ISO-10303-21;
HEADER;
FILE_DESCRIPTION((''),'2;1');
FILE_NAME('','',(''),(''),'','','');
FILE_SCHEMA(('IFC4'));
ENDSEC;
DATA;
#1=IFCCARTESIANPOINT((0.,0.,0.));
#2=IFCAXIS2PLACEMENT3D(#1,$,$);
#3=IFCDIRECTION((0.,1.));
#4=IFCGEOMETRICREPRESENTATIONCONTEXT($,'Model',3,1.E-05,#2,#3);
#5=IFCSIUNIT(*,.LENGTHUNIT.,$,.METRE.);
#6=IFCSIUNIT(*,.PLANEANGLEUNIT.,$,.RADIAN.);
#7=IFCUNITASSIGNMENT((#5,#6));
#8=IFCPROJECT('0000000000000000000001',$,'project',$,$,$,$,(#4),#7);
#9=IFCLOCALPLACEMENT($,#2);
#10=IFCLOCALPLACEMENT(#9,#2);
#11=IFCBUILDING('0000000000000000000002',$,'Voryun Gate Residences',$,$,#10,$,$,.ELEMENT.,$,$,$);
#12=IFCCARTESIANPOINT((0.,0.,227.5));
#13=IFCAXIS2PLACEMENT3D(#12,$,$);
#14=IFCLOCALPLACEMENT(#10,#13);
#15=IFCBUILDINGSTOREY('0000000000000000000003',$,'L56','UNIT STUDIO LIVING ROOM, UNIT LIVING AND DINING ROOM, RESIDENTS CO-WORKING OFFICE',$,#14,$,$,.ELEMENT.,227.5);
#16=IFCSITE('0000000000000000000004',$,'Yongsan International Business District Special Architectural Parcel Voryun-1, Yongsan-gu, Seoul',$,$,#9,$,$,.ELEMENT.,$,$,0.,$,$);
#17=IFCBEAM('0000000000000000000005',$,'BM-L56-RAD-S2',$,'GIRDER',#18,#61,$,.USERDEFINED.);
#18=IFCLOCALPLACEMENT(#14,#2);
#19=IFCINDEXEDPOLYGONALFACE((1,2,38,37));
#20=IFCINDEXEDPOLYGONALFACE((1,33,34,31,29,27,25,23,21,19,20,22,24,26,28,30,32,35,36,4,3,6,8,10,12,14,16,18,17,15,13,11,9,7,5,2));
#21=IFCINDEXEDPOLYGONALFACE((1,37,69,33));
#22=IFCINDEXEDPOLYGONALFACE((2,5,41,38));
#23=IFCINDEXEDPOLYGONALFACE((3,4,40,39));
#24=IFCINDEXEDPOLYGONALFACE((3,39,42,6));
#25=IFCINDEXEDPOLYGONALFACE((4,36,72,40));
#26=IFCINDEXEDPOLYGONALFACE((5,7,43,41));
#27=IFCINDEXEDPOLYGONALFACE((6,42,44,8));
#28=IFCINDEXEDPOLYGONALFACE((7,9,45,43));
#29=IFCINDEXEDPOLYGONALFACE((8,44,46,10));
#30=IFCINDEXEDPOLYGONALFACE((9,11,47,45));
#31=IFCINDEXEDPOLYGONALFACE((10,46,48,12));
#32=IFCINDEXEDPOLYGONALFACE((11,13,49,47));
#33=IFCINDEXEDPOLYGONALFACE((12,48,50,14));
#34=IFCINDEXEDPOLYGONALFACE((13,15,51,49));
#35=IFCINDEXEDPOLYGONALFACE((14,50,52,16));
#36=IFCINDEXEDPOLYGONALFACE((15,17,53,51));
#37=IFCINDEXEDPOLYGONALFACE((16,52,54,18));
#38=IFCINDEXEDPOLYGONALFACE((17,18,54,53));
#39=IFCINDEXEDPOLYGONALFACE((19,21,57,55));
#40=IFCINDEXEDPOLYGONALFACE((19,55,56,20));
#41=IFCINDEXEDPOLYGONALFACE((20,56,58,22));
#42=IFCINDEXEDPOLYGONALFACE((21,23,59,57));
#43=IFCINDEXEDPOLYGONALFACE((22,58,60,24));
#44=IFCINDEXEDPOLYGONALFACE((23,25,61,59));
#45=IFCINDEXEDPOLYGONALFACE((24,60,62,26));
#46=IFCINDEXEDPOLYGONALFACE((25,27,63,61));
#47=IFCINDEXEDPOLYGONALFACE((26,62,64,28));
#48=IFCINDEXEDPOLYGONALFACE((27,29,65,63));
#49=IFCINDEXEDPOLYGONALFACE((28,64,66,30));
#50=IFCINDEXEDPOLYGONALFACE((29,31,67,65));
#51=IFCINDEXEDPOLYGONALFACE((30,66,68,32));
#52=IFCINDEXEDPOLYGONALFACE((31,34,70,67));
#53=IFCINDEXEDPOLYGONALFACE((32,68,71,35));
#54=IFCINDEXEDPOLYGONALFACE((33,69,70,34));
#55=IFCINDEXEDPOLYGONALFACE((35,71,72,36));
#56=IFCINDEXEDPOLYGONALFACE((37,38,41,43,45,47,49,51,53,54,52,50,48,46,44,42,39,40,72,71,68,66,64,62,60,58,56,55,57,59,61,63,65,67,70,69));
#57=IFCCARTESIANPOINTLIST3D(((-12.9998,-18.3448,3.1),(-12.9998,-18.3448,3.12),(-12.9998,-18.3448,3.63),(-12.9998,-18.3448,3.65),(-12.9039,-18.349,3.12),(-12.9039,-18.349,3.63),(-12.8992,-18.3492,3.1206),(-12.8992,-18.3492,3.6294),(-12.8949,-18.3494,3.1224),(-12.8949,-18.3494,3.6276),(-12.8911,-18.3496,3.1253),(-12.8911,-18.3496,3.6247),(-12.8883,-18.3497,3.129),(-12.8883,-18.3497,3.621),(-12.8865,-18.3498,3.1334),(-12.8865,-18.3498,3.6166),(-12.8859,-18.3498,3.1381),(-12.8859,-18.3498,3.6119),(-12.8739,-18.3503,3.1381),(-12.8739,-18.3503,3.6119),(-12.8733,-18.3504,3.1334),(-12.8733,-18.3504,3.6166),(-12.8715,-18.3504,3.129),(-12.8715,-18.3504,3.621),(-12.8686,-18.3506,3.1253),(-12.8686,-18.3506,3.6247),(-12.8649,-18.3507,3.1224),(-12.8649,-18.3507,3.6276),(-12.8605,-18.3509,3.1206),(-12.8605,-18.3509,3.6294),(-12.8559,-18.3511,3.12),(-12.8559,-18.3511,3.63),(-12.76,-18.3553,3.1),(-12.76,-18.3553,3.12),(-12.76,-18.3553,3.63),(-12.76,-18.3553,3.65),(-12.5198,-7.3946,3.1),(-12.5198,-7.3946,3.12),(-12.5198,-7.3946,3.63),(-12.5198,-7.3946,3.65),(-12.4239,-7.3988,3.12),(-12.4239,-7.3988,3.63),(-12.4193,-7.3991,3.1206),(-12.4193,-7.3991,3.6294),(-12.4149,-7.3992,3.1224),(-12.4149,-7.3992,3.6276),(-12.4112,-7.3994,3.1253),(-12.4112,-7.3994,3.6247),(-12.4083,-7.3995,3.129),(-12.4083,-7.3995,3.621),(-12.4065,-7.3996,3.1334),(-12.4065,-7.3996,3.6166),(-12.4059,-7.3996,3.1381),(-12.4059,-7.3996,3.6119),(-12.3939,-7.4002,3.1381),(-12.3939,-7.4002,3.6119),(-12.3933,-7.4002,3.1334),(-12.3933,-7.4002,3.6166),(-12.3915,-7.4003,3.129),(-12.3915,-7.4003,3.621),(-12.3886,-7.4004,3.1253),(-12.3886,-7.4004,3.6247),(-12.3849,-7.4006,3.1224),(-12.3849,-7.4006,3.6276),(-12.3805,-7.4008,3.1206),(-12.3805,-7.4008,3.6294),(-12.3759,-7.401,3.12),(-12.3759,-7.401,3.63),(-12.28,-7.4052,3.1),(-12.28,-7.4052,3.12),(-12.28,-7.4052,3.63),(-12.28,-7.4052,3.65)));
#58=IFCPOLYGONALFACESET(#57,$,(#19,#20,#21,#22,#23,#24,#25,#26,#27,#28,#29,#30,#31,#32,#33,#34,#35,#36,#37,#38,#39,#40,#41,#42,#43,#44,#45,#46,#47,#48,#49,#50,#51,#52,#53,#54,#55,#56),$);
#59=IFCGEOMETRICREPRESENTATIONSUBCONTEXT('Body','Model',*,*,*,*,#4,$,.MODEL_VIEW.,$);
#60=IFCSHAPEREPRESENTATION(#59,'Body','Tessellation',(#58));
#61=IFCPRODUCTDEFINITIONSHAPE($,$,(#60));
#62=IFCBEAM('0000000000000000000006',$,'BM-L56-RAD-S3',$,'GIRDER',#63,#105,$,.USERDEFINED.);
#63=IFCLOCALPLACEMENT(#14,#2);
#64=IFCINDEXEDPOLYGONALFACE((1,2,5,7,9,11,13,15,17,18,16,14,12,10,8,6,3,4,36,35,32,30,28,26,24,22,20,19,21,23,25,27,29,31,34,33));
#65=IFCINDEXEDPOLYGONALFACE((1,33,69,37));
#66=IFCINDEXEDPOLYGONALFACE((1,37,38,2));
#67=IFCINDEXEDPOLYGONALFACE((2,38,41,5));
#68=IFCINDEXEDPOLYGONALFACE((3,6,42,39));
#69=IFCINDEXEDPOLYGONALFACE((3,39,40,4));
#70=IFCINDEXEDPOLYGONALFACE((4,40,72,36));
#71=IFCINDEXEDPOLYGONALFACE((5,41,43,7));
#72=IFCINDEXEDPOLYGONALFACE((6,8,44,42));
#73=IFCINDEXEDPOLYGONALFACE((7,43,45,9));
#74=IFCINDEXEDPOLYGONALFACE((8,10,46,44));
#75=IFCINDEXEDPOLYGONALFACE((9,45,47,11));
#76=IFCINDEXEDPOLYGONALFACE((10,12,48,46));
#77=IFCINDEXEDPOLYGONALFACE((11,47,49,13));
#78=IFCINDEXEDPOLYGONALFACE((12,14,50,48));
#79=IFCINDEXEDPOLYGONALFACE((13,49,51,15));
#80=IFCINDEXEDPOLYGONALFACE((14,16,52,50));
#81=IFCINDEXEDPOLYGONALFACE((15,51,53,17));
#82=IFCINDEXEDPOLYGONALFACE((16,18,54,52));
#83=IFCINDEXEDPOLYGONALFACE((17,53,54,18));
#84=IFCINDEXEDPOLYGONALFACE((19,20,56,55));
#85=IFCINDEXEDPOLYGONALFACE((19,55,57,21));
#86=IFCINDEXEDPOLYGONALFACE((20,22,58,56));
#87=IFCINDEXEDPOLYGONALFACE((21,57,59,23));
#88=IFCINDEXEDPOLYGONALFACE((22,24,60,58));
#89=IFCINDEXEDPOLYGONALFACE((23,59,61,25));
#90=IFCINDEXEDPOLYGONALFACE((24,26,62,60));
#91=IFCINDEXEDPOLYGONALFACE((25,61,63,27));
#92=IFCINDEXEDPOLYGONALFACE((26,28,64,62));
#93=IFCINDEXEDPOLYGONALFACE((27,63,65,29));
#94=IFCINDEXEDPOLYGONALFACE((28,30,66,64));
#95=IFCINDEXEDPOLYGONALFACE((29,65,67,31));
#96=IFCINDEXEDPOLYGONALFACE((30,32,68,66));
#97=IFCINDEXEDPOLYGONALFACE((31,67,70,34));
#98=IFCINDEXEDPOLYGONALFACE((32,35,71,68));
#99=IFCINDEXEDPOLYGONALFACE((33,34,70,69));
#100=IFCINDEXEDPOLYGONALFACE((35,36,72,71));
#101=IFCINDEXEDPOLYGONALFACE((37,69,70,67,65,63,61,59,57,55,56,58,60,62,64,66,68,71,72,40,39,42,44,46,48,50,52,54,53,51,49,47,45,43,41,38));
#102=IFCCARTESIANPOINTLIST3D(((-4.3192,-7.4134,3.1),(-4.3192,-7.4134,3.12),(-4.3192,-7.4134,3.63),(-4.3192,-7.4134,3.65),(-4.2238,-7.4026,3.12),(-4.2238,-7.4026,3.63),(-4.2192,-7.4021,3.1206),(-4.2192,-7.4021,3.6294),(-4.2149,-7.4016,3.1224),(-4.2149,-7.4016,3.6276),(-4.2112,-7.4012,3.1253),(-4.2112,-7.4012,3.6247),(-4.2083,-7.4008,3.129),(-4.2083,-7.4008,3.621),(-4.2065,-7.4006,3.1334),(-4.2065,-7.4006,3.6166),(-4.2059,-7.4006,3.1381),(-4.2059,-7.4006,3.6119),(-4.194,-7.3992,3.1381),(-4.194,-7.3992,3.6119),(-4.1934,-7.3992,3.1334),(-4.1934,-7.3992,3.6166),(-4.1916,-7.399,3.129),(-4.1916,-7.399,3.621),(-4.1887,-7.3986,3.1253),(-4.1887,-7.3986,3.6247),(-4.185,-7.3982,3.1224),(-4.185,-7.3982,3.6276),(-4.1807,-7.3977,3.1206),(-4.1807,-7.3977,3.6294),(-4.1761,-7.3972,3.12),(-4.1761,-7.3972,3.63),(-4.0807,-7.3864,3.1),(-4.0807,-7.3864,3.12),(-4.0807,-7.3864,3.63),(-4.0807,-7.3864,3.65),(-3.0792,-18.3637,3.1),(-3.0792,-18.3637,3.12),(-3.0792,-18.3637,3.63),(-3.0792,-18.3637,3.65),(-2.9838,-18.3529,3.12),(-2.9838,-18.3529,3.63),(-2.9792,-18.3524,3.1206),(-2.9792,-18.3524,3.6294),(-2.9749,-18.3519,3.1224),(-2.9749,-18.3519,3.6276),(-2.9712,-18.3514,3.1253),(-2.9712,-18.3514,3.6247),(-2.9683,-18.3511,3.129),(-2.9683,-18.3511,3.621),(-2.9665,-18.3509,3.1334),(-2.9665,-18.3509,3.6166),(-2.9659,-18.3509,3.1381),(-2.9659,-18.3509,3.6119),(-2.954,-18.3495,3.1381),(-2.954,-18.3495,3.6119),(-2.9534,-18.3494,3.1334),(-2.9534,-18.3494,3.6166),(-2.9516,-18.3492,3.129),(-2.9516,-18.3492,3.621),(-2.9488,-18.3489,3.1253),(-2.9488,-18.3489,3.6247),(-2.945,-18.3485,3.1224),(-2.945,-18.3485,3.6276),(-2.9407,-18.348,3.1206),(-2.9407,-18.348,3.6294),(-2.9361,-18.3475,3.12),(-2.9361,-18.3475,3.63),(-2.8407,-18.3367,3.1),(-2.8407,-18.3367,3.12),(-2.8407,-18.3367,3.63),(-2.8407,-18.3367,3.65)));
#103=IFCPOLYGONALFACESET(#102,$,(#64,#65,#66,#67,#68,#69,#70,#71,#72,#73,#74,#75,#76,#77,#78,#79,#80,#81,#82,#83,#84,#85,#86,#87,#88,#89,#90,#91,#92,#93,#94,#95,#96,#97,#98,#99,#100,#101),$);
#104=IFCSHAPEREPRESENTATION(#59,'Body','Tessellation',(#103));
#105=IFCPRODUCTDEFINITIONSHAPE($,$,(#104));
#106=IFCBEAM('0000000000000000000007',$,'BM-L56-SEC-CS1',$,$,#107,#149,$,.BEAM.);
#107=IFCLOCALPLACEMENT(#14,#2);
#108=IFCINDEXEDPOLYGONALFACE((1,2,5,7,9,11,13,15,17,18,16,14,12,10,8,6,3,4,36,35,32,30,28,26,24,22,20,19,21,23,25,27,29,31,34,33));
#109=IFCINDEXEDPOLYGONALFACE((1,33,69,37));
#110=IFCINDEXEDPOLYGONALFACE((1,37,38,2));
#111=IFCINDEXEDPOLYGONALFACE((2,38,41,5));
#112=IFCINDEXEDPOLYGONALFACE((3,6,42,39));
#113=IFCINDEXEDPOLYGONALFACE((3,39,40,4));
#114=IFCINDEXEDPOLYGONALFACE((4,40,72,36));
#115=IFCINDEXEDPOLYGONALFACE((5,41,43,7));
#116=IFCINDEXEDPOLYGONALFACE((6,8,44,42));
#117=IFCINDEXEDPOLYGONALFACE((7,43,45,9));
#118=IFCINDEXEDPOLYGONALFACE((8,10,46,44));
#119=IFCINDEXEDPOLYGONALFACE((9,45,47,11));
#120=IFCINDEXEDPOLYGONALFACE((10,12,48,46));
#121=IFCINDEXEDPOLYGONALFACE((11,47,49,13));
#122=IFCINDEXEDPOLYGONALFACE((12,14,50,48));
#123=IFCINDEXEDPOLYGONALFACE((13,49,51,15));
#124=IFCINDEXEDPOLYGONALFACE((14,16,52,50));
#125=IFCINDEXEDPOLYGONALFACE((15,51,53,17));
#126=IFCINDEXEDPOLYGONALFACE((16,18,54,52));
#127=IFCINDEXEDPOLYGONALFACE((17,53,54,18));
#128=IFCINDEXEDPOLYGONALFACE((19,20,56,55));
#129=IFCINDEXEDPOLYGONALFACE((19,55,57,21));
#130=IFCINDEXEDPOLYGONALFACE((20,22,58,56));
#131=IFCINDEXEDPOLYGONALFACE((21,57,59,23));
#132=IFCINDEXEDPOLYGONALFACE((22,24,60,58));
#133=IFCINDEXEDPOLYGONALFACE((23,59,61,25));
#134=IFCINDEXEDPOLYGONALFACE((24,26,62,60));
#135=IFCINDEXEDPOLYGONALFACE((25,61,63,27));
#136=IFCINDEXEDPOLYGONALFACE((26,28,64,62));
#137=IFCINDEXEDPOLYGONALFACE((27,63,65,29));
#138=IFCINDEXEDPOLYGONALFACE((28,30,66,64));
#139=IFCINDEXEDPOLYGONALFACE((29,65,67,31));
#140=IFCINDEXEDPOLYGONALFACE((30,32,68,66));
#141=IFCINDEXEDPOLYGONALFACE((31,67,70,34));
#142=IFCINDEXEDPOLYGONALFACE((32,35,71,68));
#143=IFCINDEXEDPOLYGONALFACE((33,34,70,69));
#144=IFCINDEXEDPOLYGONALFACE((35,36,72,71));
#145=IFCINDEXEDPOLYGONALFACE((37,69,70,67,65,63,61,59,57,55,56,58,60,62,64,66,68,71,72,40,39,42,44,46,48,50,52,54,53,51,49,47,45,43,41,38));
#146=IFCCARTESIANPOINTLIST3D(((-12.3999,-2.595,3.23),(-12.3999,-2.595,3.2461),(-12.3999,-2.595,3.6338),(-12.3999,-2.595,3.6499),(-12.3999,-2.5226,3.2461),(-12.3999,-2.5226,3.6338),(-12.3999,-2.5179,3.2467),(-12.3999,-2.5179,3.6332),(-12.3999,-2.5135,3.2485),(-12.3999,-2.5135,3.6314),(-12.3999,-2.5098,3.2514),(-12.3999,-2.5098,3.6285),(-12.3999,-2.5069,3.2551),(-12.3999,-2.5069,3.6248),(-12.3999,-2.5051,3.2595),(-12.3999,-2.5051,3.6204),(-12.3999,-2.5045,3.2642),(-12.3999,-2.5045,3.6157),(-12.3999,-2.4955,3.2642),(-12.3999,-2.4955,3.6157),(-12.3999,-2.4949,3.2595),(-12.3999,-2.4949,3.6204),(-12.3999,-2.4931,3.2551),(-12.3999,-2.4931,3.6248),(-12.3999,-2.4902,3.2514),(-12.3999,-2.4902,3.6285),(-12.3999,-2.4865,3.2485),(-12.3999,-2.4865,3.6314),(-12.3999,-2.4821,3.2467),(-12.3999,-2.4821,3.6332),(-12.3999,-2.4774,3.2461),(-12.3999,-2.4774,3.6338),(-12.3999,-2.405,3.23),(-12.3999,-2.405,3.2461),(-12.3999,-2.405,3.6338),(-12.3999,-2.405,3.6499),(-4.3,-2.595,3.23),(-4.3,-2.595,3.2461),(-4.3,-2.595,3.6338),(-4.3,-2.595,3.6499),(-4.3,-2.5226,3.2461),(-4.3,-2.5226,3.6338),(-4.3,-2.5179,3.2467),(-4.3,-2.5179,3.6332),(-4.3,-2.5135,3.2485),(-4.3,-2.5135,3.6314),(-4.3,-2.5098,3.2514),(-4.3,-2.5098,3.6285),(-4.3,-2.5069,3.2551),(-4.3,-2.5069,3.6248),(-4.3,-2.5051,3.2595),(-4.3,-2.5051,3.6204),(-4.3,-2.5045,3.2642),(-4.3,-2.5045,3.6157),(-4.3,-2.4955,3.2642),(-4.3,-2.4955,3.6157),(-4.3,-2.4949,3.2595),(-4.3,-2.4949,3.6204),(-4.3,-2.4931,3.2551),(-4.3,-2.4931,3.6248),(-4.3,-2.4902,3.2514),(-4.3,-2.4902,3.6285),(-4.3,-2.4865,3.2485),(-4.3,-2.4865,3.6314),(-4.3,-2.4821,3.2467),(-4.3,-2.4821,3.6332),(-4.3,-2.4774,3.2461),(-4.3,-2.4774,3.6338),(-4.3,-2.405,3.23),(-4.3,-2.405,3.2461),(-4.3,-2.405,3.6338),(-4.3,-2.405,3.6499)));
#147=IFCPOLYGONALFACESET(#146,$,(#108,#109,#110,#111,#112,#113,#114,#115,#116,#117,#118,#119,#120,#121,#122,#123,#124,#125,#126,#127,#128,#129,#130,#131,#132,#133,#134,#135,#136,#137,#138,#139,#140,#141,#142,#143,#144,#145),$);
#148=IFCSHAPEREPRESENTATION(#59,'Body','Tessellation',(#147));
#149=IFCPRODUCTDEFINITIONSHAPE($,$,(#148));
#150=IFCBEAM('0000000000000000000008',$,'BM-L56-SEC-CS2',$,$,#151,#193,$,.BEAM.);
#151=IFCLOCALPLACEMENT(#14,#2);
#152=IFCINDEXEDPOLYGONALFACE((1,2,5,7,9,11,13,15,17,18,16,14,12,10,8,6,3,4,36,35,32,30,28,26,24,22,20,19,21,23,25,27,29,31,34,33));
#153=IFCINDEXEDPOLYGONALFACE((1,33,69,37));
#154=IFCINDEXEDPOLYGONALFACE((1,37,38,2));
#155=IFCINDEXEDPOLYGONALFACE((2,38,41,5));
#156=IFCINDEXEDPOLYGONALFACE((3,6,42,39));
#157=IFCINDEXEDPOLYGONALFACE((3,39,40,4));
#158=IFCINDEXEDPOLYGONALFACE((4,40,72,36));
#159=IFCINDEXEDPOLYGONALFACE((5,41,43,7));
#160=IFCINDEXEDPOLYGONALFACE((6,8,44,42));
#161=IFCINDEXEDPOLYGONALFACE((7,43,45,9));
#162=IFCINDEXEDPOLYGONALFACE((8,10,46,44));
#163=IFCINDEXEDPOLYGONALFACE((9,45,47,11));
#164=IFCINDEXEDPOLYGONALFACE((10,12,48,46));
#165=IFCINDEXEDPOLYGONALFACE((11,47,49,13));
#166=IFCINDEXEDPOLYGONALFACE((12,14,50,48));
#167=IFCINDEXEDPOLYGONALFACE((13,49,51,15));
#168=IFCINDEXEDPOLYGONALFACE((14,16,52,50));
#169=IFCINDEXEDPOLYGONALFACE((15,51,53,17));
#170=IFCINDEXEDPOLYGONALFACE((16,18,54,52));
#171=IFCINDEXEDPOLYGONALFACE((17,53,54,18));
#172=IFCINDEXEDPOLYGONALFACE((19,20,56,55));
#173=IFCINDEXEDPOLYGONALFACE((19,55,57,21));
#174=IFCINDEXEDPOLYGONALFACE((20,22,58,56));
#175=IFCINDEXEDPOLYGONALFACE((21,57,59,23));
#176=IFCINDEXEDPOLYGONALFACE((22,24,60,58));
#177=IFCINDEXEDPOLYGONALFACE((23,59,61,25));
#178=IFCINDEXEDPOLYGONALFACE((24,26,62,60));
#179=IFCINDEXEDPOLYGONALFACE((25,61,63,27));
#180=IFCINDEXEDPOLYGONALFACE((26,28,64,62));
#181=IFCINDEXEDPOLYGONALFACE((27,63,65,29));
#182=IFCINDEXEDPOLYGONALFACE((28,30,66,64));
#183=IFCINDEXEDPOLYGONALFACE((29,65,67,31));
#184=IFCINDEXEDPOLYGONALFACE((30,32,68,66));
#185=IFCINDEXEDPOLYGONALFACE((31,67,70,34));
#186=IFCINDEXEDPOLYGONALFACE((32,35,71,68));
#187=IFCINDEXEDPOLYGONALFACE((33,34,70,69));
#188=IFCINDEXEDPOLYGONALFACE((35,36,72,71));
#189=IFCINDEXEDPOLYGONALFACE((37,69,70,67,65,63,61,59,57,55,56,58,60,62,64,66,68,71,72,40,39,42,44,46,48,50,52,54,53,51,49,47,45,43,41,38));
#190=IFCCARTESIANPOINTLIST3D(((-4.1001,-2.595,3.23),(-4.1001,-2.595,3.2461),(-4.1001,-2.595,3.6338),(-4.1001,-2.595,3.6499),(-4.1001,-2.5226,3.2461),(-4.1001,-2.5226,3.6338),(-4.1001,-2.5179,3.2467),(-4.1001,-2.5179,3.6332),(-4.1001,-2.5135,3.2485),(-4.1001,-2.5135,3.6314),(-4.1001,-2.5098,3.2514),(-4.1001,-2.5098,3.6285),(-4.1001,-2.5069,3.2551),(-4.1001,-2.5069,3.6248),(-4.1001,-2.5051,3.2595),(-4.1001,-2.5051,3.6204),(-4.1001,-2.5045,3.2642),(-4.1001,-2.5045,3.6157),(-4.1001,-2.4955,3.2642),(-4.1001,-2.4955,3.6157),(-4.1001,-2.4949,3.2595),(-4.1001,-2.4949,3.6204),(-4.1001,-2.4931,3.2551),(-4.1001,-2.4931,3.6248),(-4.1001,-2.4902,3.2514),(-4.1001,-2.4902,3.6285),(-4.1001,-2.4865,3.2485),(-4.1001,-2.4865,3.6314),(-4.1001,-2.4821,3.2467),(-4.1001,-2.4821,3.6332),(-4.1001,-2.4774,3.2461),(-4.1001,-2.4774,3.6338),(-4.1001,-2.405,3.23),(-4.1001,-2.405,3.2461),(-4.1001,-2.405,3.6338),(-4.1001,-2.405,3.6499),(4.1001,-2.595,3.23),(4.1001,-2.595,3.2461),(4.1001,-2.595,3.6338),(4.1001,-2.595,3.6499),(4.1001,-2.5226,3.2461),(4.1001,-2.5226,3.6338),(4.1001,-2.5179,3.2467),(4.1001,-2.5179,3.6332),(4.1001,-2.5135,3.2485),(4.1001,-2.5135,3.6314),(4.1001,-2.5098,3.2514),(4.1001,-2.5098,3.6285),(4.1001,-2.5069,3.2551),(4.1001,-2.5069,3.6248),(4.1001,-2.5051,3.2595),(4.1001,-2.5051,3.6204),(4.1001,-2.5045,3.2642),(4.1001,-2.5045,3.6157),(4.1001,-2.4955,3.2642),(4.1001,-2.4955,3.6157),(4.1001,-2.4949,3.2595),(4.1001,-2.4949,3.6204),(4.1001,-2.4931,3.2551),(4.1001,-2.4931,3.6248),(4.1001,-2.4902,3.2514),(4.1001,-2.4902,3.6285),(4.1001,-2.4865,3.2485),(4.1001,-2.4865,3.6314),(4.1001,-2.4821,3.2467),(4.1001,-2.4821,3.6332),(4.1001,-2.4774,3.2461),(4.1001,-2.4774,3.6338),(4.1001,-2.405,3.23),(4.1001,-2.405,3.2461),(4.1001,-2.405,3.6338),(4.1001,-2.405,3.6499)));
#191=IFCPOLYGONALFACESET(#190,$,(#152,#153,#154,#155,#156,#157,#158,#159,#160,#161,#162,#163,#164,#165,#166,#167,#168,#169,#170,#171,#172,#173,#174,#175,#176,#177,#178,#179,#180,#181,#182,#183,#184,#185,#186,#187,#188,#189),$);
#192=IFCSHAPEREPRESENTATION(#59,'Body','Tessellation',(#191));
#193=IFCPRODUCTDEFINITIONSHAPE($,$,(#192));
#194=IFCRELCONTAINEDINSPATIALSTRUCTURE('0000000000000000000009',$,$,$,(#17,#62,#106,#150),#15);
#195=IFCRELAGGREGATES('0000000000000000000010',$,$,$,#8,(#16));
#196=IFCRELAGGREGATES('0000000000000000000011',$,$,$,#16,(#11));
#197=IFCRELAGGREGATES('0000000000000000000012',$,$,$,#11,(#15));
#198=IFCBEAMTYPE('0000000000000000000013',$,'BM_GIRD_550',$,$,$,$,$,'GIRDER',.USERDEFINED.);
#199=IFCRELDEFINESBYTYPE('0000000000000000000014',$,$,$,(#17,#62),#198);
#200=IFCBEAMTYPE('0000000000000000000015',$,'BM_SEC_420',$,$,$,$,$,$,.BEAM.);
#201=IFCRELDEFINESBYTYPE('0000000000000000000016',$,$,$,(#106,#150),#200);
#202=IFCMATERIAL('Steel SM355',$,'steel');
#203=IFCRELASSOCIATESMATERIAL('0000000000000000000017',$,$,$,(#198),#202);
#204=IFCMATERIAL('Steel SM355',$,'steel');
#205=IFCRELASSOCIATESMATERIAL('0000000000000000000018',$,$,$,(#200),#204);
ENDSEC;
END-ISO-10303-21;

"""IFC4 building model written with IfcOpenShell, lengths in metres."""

from ifc_helpers import new_model, si_unit, direction, frame, origin, origin_2d, place, context, subcontext, project, spatial, i_section, extrude, material, material_profile, profile_set, type_object, element, save


model = new_model("IFC4")

# Units and contexts
model_context = context("Model", 3, precision=1e-05, world=origin(), true_north=direction((0.0, 1.0)))
body_context = subcontext(model_context, "Body", "Model", "MODEL_VIEW")
ifc_project = project(units=[si_unit("LENGTHUNIT", "METRE"), si_unit("PLANEANGLEUNIT", "RADIAN")], contexts=[model_context])

# Site, building, storey
site_placement = place(None, origin())
site = spatial("IfcSite", under=ifc_project, at=site_placement, Name="Yongsan International Business District Special Architectural Parcel Voryun-1, Yongsan-gu, Seoul", CompositionType="ELEMENT", RefElevation=0.0)
building_placement = place(site_placement, origin())
building = spatial("IfcBuilding", under=site, at=building_placement, Name="Voryun Gate Residences", CompositionType="ELEMENT")
storey_placement = place(building_placement, frame((0.0, 0.0, 227.5)))
storey = spatial("IfcBuildingStorey", under=building, at=storey_placement, Name="L56", Description="UNIT STUDIO LIVING ROOM, UNIT LIVING AND DINING ROOM, RESIDENTS CO-WORKING OFFICE", CompositionType="ELEMENT", Elevation=227.5)

# Beams
ifc_material_1 = material(Name="Steel SM355", Category="steel")
ifc_material_profile_1 = material_profile(ifc_material_1, i_section(OverallWidth=0.24, OverallDepth=0.55, WebThickness=0.012, FlangeThickness=0.02, FilletRadius=0.0181, at=origin_2d()), Name="H-550x240x12x20")
ifc_profile_set_1 = profile_set([ifc_material_profile_1], Name="Steel SM355")
beam_type_1 = type_object("IfcBeamType", Name="BM_GIRD_550", ElementType="GIRDER", PredefinedType="USERDEFINED", material=ifc_profile_set_1)
beam_1_placement = place(storey_placement, frame((-12.3999, -7.3999, 3.375), z_axis=(-0.043791, -0.999041, 0.0), x_axis=(0.999041, -0.043791, 0.0)))
element("IfcBeam", 1, at=beam_1_placement, inside=storey, type_object=beam_type_1, Name="BM-L56-RAD-S2", ObjectType="GIRDER", PredefinedType="USERDEFINED", context=body_context, shape_type="SweptSolid", body=[
    extrude(i_section(OverallWidth=0.24, OverallDepth=0.55, WebThickness=0.012, FlangeThickness=0.02, FilletRadius=0.0181, at=origin_2d()), origin(), (0.0, 0.0, 1.0), 10.9607),
])
beam_2_placement = place(storey_placement, frame((-4.2, -7.3999, 3.375), z_axis=(0.11252, -0.993649, 0.0), x_axis=(0.993649, 0.11252, 0.0)))
element("IfcBeam", 2, at=beam_2_placement, inside=storey, type_object=beam_type_1, Name="BM-L56-RAD-S3", ObjectType="GIRDER", PredefinedType="USERDEFINED", context=body_context, shape_type="SweptSolid", body=[
    extrude(i_section(OverallWidth=0.24, OverallDepth=0.55, WebThickness=0.012, FlangeThickness=0.02, FilletRadius=0.0181, at=origin_2d()), origin(), (0.0, 0.0, 1.0), 11.0203),
])
ifc_material_2 = material(Name="Steel SM355", Category="steel")
ifc_material_profile_2 = material_profile(ifc_material_2, i_section(OverallWidth=0.1899, OverallDepth=0.4199, WebThickness=0.009, FlangeThickness=0.0161, FilletRadius=0.0181, at=origin_2d()), Name="H-420x190x9x16")
ifc_profile_set_2 = profile_set([ifc_material_profile_2], Name="Steel SM355")
beam_type_2 = type_object("IfcBeamType", Name="BM_SEC_420", PredefinedType="BEAM", material=ifc_profile_set_2)
beam_3_placement = place(storey_placement, frame((-12.3999, -2.5, 3.4399), z_axis=(1.0, 0.0, 0.0), x_axis=(0.0, 1.0, 0.0)))
element("IfcBeam", 3, at=beam_3_placement, inside=storey, type_object=beam_type_2, Name="BM-L56-SEC-CS1", PredefinedType="BEAM", context=body_context, shape_type="SweptSolid", body=[
    extrude(i_section(OverallWidth=0.1899, OverallDepth=0.4199, WebThickness=0.009, FlangeThickness=0.0161, FilletRadius=0.0181, at=origin_2d()), origin(), (0.0, 0.0, 1.0), 8.0999),
])
beam_4_placement = place(storey_placement, frame((-4.1001, -2.5, 3.4399), z_axis=(1.0, 0.0, 0.0), x_axis=(0.0, 1.0, 0.0)))
element("IfcBeam", 4, at=beam_4_placement, inside=storey, type_object=beam_type_2, Name="BM-L56-SEC-CS2", PredefinedType="BEAM", context=body_context, shape_type="SweptSolid", body=[
    extrude(i_section(OverallWidth=0.1899, OverallDepth=0.4199, WebThickness=0.009, FlangeThickness=0.0161, FilletRadius=0.0181, at=origin_2d()), origin(), (0.0, 0.0, 1.0), 8.2002),
])

save(model, "model.ifc")
